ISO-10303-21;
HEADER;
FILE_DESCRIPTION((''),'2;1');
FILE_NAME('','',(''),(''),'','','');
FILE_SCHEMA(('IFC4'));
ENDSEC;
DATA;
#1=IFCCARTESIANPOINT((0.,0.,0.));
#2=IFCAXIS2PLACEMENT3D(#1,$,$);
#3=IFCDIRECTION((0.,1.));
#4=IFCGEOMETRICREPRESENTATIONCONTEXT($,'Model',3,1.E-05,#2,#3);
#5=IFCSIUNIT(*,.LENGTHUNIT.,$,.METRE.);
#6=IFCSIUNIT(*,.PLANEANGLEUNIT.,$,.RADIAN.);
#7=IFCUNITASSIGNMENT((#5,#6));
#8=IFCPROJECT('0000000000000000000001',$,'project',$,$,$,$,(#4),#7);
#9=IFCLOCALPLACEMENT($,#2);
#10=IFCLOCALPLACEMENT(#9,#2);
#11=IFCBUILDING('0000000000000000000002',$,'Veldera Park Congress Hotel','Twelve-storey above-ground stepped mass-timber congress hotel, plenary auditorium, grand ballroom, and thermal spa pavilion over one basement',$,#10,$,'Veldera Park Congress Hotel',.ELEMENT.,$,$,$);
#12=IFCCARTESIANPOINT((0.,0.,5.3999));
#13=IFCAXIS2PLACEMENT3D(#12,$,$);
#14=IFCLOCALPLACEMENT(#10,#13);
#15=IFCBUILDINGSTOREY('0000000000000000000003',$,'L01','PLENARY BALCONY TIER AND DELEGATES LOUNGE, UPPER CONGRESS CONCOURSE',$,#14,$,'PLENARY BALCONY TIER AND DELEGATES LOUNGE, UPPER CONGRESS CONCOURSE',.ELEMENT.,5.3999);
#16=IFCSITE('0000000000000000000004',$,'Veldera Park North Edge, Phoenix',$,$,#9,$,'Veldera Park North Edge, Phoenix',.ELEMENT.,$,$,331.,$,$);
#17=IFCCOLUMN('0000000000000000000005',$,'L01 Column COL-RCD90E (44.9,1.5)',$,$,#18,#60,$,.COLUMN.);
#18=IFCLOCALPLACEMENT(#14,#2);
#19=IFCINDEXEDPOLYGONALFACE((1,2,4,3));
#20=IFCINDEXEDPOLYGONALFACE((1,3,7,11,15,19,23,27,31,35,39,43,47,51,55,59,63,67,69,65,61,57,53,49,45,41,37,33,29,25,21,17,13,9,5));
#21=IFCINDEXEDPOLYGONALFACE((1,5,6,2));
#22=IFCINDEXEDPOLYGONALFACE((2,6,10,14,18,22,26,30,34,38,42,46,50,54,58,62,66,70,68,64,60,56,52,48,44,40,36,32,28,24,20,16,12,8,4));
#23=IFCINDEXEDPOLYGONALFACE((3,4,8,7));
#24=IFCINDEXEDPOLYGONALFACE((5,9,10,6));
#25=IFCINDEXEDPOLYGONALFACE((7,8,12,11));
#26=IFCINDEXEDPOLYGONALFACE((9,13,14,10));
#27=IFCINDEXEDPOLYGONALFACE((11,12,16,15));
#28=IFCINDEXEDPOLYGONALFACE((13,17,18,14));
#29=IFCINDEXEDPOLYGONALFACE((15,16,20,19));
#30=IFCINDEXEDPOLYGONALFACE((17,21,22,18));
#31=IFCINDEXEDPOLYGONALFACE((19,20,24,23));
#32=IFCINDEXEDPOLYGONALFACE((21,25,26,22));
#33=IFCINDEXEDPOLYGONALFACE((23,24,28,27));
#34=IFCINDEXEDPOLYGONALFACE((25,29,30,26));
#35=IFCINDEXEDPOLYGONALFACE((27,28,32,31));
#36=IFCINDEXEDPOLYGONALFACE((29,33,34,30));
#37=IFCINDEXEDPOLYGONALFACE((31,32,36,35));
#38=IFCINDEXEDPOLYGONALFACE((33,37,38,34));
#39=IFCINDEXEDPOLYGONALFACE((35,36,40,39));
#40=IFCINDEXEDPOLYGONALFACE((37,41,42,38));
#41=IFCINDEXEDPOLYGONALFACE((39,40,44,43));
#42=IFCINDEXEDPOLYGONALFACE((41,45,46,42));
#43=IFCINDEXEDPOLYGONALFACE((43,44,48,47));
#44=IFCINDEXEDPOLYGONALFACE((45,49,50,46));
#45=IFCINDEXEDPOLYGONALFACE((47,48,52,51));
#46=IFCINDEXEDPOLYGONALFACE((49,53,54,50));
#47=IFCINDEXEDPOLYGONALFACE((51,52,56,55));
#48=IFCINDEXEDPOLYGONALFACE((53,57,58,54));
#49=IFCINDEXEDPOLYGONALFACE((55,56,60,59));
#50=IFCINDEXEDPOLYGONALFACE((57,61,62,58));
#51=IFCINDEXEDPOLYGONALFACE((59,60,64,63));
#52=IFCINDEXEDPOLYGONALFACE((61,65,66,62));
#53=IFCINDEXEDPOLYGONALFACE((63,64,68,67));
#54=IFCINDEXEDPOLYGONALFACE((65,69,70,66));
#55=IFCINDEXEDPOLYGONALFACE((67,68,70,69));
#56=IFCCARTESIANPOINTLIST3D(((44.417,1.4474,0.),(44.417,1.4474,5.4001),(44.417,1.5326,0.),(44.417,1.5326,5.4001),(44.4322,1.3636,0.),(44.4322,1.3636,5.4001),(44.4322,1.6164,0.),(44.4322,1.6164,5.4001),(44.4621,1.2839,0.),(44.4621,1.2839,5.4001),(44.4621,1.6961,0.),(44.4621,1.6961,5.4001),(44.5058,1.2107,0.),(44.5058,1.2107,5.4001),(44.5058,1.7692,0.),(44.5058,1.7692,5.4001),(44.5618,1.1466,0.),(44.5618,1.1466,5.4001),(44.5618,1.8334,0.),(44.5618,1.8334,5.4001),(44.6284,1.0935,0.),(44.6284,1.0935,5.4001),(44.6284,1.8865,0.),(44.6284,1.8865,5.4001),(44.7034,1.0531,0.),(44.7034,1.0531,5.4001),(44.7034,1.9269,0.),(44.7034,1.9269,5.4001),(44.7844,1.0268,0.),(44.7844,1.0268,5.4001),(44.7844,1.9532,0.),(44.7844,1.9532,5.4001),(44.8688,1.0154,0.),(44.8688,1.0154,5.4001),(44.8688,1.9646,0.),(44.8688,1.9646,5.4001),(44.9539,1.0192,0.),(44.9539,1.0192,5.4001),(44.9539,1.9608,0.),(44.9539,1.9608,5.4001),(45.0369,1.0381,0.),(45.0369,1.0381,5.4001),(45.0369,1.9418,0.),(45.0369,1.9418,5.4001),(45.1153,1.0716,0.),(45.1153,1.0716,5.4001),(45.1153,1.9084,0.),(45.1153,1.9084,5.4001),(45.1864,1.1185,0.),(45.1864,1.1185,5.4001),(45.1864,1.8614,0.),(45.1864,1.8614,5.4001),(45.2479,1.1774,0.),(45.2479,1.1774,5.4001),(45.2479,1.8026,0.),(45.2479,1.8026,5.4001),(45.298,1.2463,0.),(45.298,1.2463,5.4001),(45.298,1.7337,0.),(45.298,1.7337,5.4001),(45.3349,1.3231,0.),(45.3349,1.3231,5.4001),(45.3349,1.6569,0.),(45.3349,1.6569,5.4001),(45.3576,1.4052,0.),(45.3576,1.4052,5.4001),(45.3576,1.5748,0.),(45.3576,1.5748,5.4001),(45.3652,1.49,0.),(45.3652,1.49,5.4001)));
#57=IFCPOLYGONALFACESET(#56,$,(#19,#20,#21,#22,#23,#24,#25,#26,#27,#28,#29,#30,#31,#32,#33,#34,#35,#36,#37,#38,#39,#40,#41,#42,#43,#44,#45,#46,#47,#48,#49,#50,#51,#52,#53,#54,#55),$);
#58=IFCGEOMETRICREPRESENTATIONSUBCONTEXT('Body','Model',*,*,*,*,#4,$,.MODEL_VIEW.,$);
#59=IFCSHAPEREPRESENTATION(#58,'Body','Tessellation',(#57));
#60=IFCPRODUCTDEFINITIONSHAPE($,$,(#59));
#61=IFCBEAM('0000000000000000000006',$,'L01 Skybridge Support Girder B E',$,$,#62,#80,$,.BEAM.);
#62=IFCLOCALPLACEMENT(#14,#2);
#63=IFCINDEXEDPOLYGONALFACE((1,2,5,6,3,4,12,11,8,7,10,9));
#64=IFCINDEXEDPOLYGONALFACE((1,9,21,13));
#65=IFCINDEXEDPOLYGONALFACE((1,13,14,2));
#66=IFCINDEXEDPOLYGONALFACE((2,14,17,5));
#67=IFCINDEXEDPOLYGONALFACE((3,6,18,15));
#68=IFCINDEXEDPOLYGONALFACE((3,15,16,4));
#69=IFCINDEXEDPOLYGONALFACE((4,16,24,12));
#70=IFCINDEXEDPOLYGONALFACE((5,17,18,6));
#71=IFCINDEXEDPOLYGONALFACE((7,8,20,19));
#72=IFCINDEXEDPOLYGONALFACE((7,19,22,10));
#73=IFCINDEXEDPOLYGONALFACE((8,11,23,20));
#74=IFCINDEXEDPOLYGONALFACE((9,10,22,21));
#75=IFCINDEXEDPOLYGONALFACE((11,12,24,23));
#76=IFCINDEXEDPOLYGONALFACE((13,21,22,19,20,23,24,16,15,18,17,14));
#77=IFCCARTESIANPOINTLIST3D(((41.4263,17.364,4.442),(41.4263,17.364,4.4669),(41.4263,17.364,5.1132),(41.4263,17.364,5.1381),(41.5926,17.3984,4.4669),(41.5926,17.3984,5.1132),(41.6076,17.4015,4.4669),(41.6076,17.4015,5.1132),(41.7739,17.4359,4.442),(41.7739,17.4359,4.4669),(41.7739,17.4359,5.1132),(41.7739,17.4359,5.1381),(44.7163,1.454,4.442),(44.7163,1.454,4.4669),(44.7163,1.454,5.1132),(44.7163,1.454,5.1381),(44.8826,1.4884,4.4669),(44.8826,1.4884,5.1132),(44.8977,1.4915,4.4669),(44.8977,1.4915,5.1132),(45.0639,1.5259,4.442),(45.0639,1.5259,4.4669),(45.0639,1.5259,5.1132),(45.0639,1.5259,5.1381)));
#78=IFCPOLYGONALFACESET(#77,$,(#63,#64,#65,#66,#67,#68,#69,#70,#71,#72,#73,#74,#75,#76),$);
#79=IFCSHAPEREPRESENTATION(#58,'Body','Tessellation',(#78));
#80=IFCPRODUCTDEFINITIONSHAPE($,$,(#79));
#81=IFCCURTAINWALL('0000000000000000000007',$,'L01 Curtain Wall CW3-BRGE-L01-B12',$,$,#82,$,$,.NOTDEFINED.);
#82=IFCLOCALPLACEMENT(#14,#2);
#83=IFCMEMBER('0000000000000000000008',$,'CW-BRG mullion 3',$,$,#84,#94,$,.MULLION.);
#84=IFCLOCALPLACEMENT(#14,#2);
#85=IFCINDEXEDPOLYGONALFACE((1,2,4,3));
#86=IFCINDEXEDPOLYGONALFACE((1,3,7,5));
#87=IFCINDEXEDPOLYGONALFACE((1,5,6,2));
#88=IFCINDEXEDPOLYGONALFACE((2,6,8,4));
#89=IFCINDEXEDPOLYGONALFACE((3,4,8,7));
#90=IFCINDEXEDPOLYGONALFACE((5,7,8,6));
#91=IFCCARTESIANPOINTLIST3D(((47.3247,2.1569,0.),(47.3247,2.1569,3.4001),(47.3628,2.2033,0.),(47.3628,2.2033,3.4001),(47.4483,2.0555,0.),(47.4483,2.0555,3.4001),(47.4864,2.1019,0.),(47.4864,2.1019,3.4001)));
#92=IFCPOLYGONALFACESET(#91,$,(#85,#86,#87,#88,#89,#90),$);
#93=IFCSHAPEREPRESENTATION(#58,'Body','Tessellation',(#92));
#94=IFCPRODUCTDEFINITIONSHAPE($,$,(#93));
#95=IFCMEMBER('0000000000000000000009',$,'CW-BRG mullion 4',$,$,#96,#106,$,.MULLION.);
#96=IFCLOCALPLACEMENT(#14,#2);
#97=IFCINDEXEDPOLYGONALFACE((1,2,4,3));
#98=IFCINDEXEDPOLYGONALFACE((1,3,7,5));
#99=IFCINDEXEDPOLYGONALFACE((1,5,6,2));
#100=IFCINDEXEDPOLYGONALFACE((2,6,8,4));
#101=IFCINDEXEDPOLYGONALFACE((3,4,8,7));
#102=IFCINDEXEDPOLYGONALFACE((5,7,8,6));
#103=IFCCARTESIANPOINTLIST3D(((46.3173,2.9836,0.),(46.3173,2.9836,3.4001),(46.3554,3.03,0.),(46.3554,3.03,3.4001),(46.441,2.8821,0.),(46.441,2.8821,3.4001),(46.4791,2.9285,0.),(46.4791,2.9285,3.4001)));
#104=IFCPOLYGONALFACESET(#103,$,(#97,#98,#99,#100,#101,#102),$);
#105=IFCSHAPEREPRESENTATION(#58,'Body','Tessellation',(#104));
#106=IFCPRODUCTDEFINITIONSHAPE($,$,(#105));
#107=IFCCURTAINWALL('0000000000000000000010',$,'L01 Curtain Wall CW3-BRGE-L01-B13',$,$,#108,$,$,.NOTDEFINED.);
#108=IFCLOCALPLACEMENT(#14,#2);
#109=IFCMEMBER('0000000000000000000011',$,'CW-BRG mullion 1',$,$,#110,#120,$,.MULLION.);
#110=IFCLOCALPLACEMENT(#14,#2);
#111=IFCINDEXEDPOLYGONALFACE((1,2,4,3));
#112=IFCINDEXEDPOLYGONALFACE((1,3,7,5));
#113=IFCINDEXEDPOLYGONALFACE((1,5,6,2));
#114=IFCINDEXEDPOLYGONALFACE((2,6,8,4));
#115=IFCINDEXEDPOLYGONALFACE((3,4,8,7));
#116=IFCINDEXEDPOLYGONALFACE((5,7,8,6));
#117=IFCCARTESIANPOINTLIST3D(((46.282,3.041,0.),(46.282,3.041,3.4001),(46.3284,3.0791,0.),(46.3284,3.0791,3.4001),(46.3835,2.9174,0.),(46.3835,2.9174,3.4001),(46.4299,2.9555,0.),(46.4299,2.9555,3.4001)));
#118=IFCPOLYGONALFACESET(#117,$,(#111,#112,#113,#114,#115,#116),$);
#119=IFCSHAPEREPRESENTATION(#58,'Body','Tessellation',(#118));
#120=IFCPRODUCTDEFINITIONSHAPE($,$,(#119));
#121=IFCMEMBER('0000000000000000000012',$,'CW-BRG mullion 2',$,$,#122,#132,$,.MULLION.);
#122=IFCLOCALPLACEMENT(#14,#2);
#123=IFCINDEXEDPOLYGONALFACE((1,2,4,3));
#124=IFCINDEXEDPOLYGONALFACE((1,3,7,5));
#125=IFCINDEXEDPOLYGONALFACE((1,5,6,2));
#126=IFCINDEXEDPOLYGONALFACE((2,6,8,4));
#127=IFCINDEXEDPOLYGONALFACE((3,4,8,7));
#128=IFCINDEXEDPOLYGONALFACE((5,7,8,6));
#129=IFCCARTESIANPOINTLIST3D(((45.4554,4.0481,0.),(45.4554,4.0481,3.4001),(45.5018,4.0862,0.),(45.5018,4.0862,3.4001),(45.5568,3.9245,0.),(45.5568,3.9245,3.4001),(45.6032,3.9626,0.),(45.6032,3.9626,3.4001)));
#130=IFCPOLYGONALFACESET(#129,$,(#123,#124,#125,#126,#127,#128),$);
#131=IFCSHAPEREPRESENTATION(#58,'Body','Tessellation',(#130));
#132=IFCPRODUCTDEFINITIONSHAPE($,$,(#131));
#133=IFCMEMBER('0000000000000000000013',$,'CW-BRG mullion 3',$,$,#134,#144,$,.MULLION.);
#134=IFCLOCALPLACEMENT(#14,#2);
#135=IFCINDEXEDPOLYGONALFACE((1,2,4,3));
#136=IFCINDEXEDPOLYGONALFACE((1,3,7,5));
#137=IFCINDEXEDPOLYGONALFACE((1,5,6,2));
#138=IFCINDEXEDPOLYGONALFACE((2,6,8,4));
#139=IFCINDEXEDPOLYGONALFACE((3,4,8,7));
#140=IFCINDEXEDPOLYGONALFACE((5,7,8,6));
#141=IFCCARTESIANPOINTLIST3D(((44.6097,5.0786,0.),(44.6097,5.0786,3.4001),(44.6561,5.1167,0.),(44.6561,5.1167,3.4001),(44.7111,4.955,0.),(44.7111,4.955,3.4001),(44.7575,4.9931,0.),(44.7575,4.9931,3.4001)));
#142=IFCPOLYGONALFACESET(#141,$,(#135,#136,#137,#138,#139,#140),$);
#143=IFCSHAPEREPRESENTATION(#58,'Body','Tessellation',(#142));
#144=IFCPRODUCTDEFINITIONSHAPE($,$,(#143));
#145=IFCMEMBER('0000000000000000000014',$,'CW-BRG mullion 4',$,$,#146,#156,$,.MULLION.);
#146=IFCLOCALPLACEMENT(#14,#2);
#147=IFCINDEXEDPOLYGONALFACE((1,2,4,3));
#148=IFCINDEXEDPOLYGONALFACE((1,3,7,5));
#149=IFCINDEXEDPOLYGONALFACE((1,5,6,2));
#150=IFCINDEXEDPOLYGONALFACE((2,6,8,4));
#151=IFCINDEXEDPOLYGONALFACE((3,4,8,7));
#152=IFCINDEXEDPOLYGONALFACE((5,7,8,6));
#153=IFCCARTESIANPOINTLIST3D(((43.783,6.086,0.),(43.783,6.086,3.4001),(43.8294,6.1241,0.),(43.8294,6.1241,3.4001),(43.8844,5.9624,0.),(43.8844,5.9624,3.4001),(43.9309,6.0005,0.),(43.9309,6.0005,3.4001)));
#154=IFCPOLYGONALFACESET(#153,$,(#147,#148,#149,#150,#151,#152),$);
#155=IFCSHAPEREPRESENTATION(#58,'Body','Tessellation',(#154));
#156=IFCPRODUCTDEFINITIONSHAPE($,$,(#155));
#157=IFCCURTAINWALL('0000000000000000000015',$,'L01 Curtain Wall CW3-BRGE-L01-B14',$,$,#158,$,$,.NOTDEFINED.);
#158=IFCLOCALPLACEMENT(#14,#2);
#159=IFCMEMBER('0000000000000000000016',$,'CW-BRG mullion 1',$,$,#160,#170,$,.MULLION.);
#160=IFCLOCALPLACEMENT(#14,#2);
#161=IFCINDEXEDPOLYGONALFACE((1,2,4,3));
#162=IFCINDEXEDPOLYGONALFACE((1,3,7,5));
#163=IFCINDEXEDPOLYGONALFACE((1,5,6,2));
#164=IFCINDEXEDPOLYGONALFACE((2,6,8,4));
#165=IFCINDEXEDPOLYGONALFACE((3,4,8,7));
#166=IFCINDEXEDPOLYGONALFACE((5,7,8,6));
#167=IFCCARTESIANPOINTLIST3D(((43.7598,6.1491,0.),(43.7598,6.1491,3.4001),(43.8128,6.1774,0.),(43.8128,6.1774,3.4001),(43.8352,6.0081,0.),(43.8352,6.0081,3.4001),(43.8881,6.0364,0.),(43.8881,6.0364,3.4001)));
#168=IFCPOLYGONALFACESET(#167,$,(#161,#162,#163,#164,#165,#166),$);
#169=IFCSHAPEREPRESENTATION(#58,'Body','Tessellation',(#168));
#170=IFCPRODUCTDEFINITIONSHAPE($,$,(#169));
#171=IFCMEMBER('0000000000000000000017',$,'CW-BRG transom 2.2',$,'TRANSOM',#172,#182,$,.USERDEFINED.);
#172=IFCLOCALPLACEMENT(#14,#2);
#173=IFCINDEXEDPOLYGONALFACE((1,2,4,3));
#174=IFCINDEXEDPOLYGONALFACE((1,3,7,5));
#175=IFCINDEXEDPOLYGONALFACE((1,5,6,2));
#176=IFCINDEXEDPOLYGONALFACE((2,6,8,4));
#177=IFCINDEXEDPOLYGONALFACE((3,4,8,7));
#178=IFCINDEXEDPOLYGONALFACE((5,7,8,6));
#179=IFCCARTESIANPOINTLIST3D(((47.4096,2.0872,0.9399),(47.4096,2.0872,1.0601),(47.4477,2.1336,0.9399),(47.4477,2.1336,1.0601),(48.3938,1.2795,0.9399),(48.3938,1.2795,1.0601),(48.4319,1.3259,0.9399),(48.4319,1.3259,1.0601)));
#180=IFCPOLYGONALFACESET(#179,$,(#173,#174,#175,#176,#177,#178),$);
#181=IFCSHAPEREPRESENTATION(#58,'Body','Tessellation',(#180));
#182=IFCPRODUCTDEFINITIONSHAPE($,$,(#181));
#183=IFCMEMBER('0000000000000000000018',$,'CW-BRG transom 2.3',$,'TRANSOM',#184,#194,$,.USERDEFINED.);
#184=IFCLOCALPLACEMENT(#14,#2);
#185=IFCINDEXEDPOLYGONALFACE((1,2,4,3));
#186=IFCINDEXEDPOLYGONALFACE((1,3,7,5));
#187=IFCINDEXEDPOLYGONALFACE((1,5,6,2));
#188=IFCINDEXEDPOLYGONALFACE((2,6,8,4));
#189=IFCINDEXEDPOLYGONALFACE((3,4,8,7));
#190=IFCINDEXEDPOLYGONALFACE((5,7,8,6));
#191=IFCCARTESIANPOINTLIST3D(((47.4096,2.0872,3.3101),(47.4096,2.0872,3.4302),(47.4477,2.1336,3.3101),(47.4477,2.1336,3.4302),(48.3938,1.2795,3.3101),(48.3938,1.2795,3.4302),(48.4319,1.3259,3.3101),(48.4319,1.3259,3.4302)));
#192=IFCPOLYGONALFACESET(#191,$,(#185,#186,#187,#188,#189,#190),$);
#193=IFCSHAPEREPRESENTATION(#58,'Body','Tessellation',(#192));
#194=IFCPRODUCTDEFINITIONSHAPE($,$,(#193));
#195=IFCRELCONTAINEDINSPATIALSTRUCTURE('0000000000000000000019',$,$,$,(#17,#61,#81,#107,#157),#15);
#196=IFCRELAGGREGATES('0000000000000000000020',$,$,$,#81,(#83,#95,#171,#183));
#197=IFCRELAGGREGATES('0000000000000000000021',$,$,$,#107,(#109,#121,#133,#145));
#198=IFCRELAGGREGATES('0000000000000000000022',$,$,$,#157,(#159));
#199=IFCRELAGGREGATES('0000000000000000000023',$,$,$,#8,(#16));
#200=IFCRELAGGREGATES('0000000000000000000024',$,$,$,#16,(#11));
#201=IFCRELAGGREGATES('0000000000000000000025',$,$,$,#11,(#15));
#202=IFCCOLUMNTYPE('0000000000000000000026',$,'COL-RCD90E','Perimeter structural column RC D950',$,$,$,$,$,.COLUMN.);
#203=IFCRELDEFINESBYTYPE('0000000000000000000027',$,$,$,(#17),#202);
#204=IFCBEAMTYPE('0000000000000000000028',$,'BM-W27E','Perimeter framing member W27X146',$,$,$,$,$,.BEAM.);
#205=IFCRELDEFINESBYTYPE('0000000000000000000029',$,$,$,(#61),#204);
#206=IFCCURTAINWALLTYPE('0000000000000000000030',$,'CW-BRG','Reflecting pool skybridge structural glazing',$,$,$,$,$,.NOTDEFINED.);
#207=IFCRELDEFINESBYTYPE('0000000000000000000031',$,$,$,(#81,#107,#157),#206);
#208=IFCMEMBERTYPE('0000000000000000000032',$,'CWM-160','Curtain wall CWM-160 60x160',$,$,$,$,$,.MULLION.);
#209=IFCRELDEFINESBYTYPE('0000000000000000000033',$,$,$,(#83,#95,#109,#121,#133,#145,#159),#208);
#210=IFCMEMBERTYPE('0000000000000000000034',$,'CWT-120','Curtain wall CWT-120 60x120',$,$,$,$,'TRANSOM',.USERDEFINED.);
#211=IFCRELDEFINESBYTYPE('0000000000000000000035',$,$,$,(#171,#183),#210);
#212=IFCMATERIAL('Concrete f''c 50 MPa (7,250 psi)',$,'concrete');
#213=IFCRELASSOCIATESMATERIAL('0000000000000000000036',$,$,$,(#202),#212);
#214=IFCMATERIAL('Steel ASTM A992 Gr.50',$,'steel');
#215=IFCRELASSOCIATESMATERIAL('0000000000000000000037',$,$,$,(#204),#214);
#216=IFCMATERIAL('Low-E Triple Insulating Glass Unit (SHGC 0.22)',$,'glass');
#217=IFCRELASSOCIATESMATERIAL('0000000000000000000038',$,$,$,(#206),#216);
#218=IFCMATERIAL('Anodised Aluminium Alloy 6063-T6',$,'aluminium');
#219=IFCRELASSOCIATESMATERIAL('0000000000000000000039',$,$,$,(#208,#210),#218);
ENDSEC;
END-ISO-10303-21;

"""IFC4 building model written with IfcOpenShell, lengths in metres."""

from ifc_helpers import new_model, si_unit, direction, frame, origin, origin_2d, place, context, subcontext, project, spatial, rectangle, circle, i_section, extrude, material, material_profile, profile_set, type_object, element, aggregate, save


model = new_model("IFC4")

# Units and contexts
model_context = context("Model", 3, precision=1e-05, world=origin(), true_north=direction((0.0, 1.0)))
body_context = subcontext(model_context, "Body", "Model", "MODEL_VIEW")
ifc_project = project(units=[si_unit("LENGTHUNIT", "METRE"), si_unit("PLANEANGLEUNIT", "RADIAN")], contexts=[model_context])

# Site, building, storey
site_placement = place(None, origin())
site = spatial("IfcSite", under=ifc_project, at=site_placement, Name="Veldera Park North Edge, Phoenix", LongName="Veldera Park North Edge, Phoenix", CompositionType="ELEMENT", RefElevation=331.0)
building_placement = place(site_placement, origin())
building = spatial("IfcBuilding", under=site, at=building_placement, Name="Veldera Park Congress Hotel", Description="Twelve-storey above-ground stepped mass-timber congress hotel, plenary auditorium, grand ballroom, and thermal spa pavilion over one basement", LongName="Veldera Park Congress Hotel", CompositionType="ELEMENT")
storey_placement = place(building_placement, frame((0.0, 0.0, 5.3999)))
storey = spatial("IfcBuildingStorey", under=building, at=storey_placement, Name="L01", Description="PLENARY BALCONY TIER AND DELEGATES LOUNGE, UPPER CONGRESS CONCOURSE", LongName="PLENARY BALCONY TIER AND DELEGATES LOUNGE, UPPER CONGRESS CONCOURSE", CompositionType="ELEMENT", Elevation=5.3999)

# Column
ifc_material_1 = material(Name="Concrete f'c 50 MPa (7,250 psi)", Category="concrete")
ifc_material_profile_1 = material_profile(ifc_material_1, circle(Radius=0.4751, at=origin_2d()), Name="RC D950")
ifc_profile_set_1 = profile_set([ifc_material_profile_1], Name="Concrete f'c 50 MPa (7,250 psi)")
column_type = type_object("IfcColumnType", Name="COL-RCD90E", Description="Perimeter structural column RC D950", PredefinedType="COLUMN", material=ifc_profile_set_1)
column_placement = place(storey_placement, frame((44.8901, 1.49, 0.0), z_axis=(0.0, 0.0, 1.0), x_axis=(1.0, 0.0, 0.0)))
element("IfcColumn", 1, at=column_placement, inside=storey, type_object=column_type, Name="L01 Column COL-RCD90E (44.9,1.5)", PredefinedType="COLUMN", context=body_context, shape_type="SweptSolid", body=[
    extrude(circle(Radius=0.4751, at=origin_2d()), origin(), (0.0, 0.0, 1.0), 5.4001),
])

# Beam
ifc_material_2 = material(Name="Steel ASTM A992 Gr.50", Category="steel")
ifc_material_profile_2 = material_profile(ifc_material_2, i_section(OverallWidth=0.355, OverallDepth=0.696, WebThickness=0.0154, FlangeThickness=0.0249, at=origin_2d()), Name="W27X146")
ifc_profile_set_2 = profile_set([ifc_material_profile_2], Name="Steel ASTM A992 Gr.50")
beam_type = type_object("IfcBeamType", Name="BM-W27E", Description="Perimeter framing member W27X146", PredefinedType="BEAM", material=ifc_profile_set_2)
beam_placement = place(storey_placement, frame((44.8901, 1.49, 4.79), z_axis=(-0.202507, 0.979281, 0.0), x_axis=(-0.979281, -0.202507, 0.0)))
element("IfcBeam", 2, at=beam_placement, inside=storey, type_object=beam_type, Name="L01 Skybridge Support Girder B E", PredefinedType="BEAM", context=body_context, shape_type="SweptSolid", body=[
    extrude(i_section(OverallWidth=0.355, OverallDepth=0.696, WebThickness=0.0154, FlangeThickness=0.0249, at=origin_2d()), origin(), (0.0, 0.0, 1.0), 16.2466),
])

# Curtain walls, members
ifc_material_3 = material(Name="Low-E Triple Insulating Glass Unit (SHGC 0.22)", Category="glass")
curtain_wall_type = type_object("IfcCurtainWallType", Name="CW-BRG", Description="Reflecting pool skybridge structural glazing", PredefinedType="NOTDEFINED", material=ifc_material_3)
curtain_wall_1_placement = place(storey_placement, origin())
curtain_wall_1 = element("IfcCurtainWall", 3, at=curtain_wall_1_placement, inside=storey, type_object=curtain_wall_type, Name="L01 Curtain Wall CW3-BRGE-L01-B12", PredefinedType="NOTDEFINED")
ifc_material_4 = material(Name="Anodised Aluminium Alloy 6063-T6", Category="aluminium")
ifc_material_profile_3 = material_profile(ifc_material_4, rectangle(XDim=0.0601, YDim=0.1599, at=origin_2d()), Name="ALU 60x160")
ifc_profile_set_3 = profile_set([ifc_material_profile_3], Name="Anodised Aluminium Alloy 6063-T6")
member_type_1 = type_object("IfcMemberType", Name="CWM-160", Description="Curtain wall CWM-160 60x160", PredefinedType="MULLION", material=ifc_profile_set_3)
member_1_placement = place(storey_placement, frame((47.4055, 2.1294, 0.0), z_axis=(0.0, 0.0, 1.0), x_axis=(-0.634386, -0.773016, 0.0)))
member_1 = element("IfcMember", 4, at=member_1_placement, type_object=member_type_1, Name="CW-BRG mullion 3", PredefinedType="MULLION", context=body_context, shape_type="SweptSolid", body=[
    extrude(rectangle(XDim=0.0601, YDim=0.1599, at=origin_2d()), origin(), (0.0, 0.0, 1.0), 3.4001),
])
member_2_placement = place(storey_placement, frame((46.3982, 2.9561, 0.0), z_axis=(0.0, 0.0, 1.0), x_axis=(-0.634386, -0.773016, 0.0)))
member_2 = element("IfcMember", 5, at=member_2_placement, type_object=member_type_1, Name="CW-BRG mullion 4", PredefinedType="MULLION", context=body_context, shape_type="SweptSolid", body=[
    extrude(rectangle(XDim=0.0601, YDim=0.1599, at=origin_2d()), origin(), (0.0, 0.0, 1.0), 3.4001),
])
curtain_wall_2_placement = place(storey_placement, origin())
curtain_wall_2 = element("IfcCurtainWall", 6, at=curtain_wall_2_placement, inside=storey, type_object=curtain_wall_type, Name="L01 Curtain Wall CW3-BRGE-L01-B13", PredefinedType="NOTDEFINED")
member_3_placement = place(storey_placement, frame((46.356, 2.9983, 0.0), z_axis=(0.0, 0.0, 1.0), x_axis=(-0.773016, -0.634386, 0.0)))
member_3 = element("IfcMember", 7, at=member_3_placement, type_object=member_type_1, Name="CW-BRG mullion 1", PredefinedType="MULLION", context=body_context, shape_type="SweptSolid", body=[
    extrude(rectangle(XDim=0.0601, YDim=0.1599, at=origin_2d()), origin(), (0.0, 0.0, 1.0), 3.4001),
])
member_4_placement = place(storey_placement, frame((45.5293, 4.0054, 0.0), z_axis=(0.0, 0.0, 1.0), x_axis=(-0.773016, -0.634386, 0.0)))
member_4 = element("IfcMember", 8, at=member_4_placement, type_object=member_type_1, Name="CW-BRG mullion 2", PredefinedType="MULLION", context=body_context, shape_type="SweptSolid", body=[
    extrude(rectangle(XDim=0.0601, YDim=0.1599, at=origin_2d()), origin(), (0.0, 0.0, 1.0), 3.4001),
])
member_5_placement = place(storey_placement, frame((44.6836, 5.0359, 0.0), z_axis=(0.0, 0.0, 1.0), x_axis=(-0.773016, -0.634386, 0.0)))
member_5 = element("IfcMember", 9, at=member_5_placement, type_object=member_type_1, Name="CW-BRG mullion 3", PredefinedType="MULLION", context=body_context, shape_type="SweptSolid", body=[
    extrude(rectangle(XDim=0.0601, YDim=0.1599, at=origin_2d()), origin(), (0.0, 0.0, 1.0), 3.4001),
])
member_6_placement = place(storey_placement, frame((43.8569, 6.0432, 0.0), z_axis=(0.0, 0.0, 1.0), x_axis=(-0.773016, -0.634386, 0.0)))
member_6 = element("IfcMember", 10, at=member_6_placement, type_object=member_type_1, Name="CW-BRG mullion 4", PredefinedType="MULLION", context=body_context, shape_type="SweptSolid", body=[
    extrude(rectangle(XDim=0.0601, YDim=0.1599, at=origin_2d()), origin(), (0.0, 0.0, 1.0), 3.4001),
])

# Curtain wall, member
curtain_wall_3_placement = place(storey_placement, origin())
curtain_wall_3 = element("IfcCurtainWall", 11, at=curtain_wall_3_placement, inside=storey, type_object=curtain_wall_type, Name="L01 Curtain Wall CW3-BRGE-L01-B14", PredefinedType="NOTDEFINED")
member_7_placement = place(storey_placement, frame((43.824, 6.0928, 0.0), z_axis=(0.0, 0.0, 1.0), x_axis=(-0.881928, -0.471384, 0.0)))
member_7 = element("IfcMember", 12, at=member_7_placement, type_object=member_type_1, Name="CW-BRG mullion 1", PredefinedType="MULLION", context=body_context, shape_type="SweptSolid", body=[
    extrude(rectangle(XDim=0.0601, YDim=0.1599, at=origin_2d()), origin(), (0.0, 0.0, 1.0), 3.4001),
])

# Members
ifc_material_profile_4 = material_profile(ifc_material_4, rectangle(XDim=0.0601, YDim=0.1201, at=origin_2d()), Name="ALU 60x120")
ifc_profile_set_4 = profile_set([ifc_material_profile_4], Name="Anodised Aluminium Alloy 6063-T6")
member_type_2 = type_object("IfcMemberType", Name="CWT-120", Description="Curtain wall CWT-120 60x120", ElementType="TRANSOM", PredefinedType="USERDEFINED", material=ifc_profile_set_4)
member_8_placement = place(storey_placement, frame((48.4128, 1.3027, 1.0), z_axis=(-0.773025, 0.634375, 0.0), x_axis=(-0.634375, -0.773025, 0.0)))
member_8 = element("IfcMember", 13, at=member_8_placement, type_object=member_type_2, Name="CW-BRG transom 2.2", ObjectType="TRANSOM", PredefinedType="USERDEFINED", context=body_context, shape_type="SweptSolid", body=[
    extrude(rectangle(XDim=0.0601, YDim=0.1201, at=origin_2d()), origin(), (0.0, 0.0, 1.0), 1.2732),
])
member_9_placement = place(storey_placement, frame((48.4128, 1.3027, 3.3701), z_axis=(-0.773025, 0.634375, 0.0), x_axis=(-0.634375, -0.773025, 0.0)))
member_9 = element("IfcMember", 14, at=member_9_placement, type_object=member_type_2, Name="CW-BRG transom 2.3", ObjectType="TRANSOM", PredefinedType="USERDEFINED", context=body_context, shape_type="SweptSolid", body=[
    extrude(rectangle(XDim=0.0601, YDim=0.1201, at=origin_2d()), origin(), (0.0, 0.0, 1.0), 1.2732),
])

aggregate(curtain_wall_1, [member_1, member_2, member_8, member_9])
aggregate(curtain_wall_2, [member_3, member_4, member_5, member_6])
aggregate(curtain_wall_3, [member_7])

save(model, "model.ifc")
